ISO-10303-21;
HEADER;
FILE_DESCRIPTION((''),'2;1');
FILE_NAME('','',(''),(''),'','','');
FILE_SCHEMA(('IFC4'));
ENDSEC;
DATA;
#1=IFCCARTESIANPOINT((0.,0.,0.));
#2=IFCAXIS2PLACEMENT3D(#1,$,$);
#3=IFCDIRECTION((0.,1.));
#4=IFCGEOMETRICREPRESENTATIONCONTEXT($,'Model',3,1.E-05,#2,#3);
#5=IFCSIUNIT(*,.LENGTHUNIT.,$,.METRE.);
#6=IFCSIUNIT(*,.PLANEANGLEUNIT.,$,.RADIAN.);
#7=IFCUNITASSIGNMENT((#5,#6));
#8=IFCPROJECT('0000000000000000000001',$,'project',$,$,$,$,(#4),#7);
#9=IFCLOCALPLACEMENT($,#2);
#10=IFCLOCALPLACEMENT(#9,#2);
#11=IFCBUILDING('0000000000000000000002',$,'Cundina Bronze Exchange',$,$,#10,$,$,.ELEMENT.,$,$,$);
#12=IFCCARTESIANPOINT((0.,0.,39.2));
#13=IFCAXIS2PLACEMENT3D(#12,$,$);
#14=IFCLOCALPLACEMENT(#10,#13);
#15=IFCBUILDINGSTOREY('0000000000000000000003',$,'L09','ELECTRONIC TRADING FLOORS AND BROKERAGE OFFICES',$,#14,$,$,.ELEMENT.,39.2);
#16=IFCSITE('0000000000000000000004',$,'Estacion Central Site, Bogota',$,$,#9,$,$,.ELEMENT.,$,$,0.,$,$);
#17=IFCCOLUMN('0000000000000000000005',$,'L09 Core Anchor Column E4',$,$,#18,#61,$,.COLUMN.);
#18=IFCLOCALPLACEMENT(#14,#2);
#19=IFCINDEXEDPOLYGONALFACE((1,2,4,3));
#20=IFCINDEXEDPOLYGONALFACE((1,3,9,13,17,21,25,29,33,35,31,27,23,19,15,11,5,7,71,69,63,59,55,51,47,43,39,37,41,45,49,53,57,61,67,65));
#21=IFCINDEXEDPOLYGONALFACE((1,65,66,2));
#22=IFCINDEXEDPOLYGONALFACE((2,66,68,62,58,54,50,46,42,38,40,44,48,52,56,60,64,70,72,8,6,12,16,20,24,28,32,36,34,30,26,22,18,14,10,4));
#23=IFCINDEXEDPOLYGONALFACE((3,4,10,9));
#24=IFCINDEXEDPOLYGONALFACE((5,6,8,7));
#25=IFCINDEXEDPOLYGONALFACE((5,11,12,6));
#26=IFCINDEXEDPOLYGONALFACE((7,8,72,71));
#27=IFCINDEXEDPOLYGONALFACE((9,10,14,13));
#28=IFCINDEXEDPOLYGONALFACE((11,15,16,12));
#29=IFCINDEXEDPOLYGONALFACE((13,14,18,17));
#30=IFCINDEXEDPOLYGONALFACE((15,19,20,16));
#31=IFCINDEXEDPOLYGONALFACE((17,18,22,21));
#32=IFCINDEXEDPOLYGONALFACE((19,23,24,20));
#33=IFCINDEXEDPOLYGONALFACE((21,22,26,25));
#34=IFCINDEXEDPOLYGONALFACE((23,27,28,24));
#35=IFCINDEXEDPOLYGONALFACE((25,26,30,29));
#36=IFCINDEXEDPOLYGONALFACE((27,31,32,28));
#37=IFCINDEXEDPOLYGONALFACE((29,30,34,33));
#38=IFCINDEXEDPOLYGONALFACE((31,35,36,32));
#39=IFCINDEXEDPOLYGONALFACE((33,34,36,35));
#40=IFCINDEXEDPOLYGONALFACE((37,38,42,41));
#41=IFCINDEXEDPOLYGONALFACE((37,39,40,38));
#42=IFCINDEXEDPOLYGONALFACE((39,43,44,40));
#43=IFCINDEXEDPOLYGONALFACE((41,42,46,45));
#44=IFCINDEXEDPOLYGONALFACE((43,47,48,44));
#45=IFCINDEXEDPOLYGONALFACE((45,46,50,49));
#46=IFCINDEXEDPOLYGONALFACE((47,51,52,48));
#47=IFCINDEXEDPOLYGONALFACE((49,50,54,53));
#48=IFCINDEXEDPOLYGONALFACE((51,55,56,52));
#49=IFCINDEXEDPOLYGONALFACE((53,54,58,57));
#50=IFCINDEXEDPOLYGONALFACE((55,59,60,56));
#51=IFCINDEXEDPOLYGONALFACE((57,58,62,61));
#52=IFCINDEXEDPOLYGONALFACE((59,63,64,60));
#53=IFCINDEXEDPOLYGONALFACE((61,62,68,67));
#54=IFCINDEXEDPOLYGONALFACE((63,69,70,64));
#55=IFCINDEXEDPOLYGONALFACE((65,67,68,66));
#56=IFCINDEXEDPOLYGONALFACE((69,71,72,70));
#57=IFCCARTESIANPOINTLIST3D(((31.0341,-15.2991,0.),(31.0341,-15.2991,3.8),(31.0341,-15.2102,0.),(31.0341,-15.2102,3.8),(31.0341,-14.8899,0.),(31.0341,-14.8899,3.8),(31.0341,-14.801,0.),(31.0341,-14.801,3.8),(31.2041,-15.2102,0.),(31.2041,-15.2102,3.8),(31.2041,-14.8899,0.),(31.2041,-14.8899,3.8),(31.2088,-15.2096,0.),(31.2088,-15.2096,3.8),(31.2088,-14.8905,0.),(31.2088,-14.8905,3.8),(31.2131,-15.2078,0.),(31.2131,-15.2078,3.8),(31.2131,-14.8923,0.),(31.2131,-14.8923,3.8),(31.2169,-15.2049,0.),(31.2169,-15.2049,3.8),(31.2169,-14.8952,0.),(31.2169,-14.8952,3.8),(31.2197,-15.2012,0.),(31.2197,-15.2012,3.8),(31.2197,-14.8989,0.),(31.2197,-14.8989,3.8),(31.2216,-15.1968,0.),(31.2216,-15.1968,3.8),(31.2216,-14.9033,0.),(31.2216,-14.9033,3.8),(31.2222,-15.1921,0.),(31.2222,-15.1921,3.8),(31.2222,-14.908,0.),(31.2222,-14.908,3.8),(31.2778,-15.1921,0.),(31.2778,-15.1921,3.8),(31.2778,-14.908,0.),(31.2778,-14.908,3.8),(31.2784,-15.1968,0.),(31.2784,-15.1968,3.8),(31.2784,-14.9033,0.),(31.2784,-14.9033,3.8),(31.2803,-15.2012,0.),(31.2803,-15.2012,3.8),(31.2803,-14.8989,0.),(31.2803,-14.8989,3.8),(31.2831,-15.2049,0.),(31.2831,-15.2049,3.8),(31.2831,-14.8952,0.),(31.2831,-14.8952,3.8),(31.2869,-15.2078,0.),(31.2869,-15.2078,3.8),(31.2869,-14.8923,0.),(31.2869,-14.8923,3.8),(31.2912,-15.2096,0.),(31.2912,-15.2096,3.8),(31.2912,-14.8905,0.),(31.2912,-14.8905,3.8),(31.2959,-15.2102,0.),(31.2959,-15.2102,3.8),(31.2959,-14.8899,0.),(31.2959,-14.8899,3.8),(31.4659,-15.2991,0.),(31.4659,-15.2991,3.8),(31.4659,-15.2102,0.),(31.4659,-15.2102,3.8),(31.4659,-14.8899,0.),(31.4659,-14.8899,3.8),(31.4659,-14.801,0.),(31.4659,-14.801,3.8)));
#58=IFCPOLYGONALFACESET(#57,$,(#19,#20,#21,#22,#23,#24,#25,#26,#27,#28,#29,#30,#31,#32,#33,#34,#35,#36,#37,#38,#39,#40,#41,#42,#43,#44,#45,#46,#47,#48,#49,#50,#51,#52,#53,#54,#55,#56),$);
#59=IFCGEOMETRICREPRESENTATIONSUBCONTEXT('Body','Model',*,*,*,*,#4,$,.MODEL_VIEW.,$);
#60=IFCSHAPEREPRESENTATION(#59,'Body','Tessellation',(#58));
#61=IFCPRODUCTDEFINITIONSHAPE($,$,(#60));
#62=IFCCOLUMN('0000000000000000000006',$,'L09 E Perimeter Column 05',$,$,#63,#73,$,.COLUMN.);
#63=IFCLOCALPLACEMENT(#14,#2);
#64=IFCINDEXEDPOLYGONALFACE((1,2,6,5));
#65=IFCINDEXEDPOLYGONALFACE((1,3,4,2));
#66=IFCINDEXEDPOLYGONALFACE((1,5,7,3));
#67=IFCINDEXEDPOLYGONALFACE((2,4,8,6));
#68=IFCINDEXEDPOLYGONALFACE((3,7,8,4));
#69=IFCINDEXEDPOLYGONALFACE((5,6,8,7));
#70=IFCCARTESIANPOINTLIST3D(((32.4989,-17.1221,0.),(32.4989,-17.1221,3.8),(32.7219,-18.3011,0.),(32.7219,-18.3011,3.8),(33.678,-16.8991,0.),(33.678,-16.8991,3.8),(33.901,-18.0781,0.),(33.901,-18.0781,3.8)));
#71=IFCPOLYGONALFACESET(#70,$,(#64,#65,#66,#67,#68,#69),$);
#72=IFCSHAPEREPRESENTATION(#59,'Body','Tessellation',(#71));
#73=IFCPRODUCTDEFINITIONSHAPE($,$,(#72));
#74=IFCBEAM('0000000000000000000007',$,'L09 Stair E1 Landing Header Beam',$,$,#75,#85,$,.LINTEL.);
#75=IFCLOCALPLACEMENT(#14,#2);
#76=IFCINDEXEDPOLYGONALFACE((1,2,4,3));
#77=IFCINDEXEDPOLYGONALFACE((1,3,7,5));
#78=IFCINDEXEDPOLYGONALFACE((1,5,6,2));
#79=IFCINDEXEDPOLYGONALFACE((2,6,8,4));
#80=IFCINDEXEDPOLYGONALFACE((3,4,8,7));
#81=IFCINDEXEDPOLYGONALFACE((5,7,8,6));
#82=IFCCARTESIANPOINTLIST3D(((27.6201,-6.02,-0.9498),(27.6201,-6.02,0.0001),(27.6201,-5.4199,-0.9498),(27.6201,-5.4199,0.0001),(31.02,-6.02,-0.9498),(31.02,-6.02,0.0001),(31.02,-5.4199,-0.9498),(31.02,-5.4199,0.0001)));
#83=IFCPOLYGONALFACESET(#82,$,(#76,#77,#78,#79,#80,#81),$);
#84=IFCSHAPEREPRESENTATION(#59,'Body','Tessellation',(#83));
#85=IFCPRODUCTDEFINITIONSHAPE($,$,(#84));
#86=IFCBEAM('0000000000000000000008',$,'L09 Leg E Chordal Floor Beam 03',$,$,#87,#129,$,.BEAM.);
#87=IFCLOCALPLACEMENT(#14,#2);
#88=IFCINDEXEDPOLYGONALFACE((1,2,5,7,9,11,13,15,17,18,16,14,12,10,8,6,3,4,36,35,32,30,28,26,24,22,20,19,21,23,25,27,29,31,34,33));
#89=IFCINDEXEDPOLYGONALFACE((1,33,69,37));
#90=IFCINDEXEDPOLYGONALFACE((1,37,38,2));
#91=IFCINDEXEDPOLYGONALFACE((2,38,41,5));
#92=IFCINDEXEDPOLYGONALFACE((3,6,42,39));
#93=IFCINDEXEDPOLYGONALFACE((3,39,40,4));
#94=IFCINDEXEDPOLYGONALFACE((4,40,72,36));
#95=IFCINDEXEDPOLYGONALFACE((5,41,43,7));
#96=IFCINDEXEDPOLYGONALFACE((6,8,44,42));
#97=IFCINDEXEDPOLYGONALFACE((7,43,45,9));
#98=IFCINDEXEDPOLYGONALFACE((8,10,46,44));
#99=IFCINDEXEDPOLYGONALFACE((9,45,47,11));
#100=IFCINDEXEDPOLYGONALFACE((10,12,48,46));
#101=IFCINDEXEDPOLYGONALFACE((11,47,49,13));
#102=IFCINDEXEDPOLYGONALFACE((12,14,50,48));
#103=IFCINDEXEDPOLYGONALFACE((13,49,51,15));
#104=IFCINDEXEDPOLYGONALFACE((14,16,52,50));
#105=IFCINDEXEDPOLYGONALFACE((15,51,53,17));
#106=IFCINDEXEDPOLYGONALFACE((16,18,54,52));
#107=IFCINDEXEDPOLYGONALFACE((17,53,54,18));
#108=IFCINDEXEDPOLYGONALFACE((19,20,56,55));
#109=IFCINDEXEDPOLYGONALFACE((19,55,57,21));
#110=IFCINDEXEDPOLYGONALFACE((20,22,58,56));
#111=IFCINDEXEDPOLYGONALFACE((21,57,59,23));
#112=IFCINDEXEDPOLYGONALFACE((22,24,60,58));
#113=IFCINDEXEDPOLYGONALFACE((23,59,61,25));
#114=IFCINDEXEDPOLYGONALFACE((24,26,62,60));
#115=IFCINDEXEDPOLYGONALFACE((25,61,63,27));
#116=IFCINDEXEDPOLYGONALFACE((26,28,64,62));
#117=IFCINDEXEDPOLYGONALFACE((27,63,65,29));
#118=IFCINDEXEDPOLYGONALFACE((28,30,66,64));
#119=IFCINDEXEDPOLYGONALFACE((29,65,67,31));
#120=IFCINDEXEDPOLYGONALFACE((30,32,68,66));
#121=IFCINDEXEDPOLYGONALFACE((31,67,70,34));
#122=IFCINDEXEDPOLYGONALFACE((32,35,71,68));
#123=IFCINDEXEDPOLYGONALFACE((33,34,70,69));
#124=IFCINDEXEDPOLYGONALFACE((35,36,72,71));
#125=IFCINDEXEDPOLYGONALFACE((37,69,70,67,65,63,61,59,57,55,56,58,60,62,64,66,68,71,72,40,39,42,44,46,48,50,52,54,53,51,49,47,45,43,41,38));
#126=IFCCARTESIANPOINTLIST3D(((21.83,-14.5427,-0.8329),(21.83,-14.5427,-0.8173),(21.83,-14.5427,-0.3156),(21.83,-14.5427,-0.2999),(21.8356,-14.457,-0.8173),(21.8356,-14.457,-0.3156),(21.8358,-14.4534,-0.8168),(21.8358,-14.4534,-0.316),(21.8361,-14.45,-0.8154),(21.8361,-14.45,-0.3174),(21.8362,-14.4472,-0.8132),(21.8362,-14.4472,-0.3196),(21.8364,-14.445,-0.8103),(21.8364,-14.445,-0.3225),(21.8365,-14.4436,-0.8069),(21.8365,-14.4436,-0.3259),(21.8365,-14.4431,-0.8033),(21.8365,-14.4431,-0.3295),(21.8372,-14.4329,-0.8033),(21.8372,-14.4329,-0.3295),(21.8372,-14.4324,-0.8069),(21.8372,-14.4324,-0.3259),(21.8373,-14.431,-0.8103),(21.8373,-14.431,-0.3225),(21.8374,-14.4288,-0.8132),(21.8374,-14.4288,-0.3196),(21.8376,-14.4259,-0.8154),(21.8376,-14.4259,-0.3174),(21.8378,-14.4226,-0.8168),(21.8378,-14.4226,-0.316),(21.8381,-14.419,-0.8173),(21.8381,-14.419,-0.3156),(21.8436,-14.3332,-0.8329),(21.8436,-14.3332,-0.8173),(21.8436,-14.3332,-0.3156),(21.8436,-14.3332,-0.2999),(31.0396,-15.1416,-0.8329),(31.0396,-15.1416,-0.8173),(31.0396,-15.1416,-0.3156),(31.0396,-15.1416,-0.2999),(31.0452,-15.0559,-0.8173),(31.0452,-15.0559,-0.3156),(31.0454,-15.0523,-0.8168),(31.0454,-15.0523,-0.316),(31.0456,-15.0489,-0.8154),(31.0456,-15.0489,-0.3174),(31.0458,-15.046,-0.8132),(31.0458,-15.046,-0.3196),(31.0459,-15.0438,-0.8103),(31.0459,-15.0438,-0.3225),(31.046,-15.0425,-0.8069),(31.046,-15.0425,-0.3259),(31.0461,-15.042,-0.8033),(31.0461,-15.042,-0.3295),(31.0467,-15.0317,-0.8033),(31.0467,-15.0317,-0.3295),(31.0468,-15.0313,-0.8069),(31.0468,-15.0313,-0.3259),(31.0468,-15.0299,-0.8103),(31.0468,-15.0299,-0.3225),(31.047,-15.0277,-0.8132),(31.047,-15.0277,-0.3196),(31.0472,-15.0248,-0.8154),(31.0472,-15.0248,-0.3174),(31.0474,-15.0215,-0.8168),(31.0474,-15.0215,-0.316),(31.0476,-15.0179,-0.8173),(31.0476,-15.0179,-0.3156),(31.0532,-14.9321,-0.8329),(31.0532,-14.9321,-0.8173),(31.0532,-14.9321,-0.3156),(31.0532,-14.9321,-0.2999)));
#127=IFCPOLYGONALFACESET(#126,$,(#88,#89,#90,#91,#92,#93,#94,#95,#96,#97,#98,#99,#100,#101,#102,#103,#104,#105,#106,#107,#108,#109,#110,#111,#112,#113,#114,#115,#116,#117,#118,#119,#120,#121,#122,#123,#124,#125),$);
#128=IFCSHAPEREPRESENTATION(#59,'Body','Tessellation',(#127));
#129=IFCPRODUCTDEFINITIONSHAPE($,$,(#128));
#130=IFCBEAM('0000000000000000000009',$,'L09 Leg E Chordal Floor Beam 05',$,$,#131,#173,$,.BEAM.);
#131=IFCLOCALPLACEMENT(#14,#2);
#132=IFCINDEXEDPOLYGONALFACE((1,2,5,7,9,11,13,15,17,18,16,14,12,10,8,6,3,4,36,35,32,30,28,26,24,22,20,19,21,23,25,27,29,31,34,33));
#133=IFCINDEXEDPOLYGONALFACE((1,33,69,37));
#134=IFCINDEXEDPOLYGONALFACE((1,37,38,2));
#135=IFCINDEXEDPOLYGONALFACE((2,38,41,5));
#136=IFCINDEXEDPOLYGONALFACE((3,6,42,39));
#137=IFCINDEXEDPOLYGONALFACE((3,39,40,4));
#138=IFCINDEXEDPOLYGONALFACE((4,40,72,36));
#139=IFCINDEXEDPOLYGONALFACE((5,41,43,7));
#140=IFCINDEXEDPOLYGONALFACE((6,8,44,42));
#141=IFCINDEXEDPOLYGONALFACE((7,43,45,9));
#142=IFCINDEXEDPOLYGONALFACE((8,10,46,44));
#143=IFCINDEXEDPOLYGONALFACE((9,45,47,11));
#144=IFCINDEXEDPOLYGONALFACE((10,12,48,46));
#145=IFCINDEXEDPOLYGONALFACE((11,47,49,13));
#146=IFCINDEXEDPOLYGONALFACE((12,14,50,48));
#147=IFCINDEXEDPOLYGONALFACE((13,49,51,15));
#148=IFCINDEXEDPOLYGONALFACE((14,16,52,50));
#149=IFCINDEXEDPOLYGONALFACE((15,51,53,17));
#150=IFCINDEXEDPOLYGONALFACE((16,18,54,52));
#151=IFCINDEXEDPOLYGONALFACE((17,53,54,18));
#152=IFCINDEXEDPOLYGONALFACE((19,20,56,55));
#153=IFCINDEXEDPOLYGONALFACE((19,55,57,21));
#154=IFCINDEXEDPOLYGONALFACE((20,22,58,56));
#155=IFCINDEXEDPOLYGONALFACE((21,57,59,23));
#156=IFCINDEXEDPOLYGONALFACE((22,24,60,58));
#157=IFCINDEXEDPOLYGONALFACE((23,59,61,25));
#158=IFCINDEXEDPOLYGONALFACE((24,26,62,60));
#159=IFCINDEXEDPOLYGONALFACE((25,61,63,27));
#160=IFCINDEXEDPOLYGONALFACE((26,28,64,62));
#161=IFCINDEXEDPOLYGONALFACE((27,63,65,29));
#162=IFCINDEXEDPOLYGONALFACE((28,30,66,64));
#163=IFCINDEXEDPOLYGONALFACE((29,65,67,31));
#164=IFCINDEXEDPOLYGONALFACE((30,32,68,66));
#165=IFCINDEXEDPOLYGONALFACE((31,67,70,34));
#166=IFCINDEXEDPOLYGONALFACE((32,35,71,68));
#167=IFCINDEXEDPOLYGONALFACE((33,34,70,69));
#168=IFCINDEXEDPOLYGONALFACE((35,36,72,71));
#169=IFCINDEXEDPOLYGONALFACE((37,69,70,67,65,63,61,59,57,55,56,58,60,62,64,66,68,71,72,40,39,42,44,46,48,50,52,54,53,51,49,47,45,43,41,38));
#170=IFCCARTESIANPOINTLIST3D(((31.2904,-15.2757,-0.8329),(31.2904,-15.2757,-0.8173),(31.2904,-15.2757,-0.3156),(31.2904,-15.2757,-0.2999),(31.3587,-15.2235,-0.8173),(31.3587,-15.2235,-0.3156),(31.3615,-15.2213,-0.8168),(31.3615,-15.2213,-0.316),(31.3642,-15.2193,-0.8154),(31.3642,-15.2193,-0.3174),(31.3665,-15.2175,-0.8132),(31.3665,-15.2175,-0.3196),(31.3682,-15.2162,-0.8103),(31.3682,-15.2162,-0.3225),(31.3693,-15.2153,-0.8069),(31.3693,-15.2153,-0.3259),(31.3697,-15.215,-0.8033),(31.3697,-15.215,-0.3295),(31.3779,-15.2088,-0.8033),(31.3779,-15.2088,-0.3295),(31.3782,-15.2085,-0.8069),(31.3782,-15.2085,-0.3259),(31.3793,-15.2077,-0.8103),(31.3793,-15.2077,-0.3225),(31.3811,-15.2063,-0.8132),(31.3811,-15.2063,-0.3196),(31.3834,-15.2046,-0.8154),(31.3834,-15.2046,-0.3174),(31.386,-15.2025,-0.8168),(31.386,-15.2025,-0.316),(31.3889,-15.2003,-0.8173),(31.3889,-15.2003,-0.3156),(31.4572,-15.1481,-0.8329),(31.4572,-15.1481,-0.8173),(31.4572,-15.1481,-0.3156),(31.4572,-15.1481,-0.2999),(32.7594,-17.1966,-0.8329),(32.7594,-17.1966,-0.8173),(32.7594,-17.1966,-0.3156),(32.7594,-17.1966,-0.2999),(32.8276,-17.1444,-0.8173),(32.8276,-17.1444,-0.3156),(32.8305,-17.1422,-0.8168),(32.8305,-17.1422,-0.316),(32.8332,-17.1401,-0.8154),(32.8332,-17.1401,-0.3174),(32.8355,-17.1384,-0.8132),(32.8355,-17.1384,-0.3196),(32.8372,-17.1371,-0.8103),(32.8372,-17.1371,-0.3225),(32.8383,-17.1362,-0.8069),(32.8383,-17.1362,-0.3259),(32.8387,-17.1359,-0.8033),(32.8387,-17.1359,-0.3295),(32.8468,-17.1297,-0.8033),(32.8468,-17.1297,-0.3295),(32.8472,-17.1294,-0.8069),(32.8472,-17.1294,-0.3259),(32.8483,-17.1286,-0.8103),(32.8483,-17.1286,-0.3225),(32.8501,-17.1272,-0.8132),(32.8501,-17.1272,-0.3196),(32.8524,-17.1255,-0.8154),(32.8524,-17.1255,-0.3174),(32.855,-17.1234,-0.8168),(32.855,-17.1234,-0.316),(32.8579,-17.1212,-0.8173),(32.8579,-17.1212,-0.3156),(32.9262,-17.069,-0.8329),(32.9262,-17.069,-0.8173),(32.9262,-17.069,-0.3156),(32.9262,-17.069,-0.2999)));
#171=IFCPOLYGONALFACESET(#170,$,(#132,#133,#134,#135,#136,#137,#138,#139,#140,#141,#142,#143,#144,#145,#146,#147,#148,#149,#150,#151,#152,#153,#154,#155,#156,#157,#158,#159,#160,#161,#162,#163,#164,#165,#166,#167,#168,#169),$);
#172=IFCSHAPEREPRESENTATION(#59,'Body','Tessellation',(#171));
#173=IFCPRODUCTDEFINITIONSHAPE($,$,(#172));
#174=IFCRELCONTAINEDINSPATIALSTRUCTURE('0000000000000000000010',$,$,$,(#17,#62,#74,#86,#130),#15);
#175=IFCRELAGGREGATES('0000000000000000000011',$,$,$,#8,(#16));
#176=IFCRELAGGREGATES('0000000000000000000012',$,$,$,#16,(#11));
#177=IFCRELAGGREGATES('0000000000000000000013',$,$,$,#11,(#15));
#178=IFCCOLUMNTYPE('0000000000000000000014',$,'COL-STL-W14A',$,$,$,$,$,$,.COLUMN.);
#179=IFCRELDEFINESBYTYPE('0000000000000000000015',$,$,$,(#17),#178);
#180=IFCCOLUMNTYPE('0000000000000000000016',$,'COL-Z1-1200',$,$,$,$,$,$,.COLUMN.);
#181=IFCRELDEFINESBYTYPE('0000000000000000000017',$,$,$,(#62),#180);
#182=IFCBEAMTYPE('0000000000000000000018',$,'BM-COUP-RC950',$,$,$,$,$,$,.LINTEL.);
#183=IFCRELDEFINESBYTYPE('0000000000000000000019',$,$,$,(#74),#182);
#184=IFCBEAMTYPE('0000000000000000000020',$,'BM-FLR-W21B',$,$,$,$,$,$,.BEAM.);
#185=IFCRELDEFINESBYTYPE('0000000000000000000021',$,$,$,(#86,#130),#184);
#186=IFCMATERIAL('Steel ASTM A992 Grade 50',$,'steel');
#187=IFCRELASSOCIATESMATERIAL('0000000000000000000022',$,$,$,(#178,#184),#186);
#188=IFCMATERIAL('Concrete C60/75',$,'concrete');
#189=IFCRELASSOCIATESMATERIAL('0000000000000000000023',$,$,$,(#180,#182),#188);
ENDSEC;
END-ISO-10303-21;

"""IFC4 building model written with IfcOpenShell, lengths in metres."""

from ifc_helpers import new_model, si_unit, direction, frame, origin, origin_2d, place, context, subcontext, project, spatial, rectangle, i_section, extrude, material, material_profile, profile_set, type_object, element, save


model = new_model("IFC4")

# Units and contexts
model_context = context("Model", 3, precision=1e-05, world=origin(), true_north=direction((0.0, 1.0)))
body_context = subcontext(model_context, "Body", "Model", "MODEL_VIEW")
ifc_project = project(units=[si_unit("LENGTHUNIT", "METRE"), si_unit("PLANEANGLEUNIT", "RADIAN")], contexts=[model_context])

# Site, building, storey
site_placement = place(None, origin())
site = spatial("IfcSite", under=ifc_project, at=site_placement, Name="Estacion Central Site, Bogota", CompositionType="ELEMENT", RefElevation=0.0)
building_placement = place(site_placement, origin())
building = spatial("IfcBuilding", under=site, at=building_placement, Name="Cundina Bronze Exchange", CompositionType="ELEMENT")
storey_placement = place(building_placement, frame((0.0, 0.0, 39.2)))
storey = spatial("IfcBuildingStorey", under=building, at=storey_placement, Name="L09", Description="ELECTRONIC TRADING FLOORS AND BROKERAGE OFFICES", CompositionType="ELEMENT", Elevation=39.2)

# Columns
ifc_material_1 = material(Name="Steel ASTM A992 Grade 50", Category="steel")
ifc_material_profile_1 = material_profile(ifc_material_1, i_section(OverallWidth=0.4319, OverallDepth=0.498, WebThickness=0.0557, FlangeThickness=0.0889, FilletRadius=0.0181, at=origin_2d()), Name="W14X500", Category="steel")
ifc_profile_set_1 = profile_set([ifc_material_profile_1], Name="Steel ASTM A992 Grade 50")
column_type_1 = type_object("IfcColumnType", Name="COL-STL-W14A", PredefinedType="COLUMN", material=ifc_profile_set_1)
column_1_placement = place(storey_placement, frame((31.25, -15.05, 0.0), z_axis=(0.0, 0.0, 1.0), x_axis=(1.0, 0.0, 0.0)))
element("IfcColumn", 1, at=column_1_placement, inside=storey, type_object=column_type_1, Name="L09 Core Anchor Column E4", PredefinedType="COLUMN", context=body_context, shape_type="SweptSolid", body=[
    extrude(i_section(OverallWidth=0.4319, OverallDepth=0.498, WebThickness=0.0557, FlangeThickness=0.0889, FilletRadius=0.0181, at=origin_2d()), origin(), (0.0, 0.0, 1.0), 3.8),
])
ifc_material_2 = material(Name="Concrete C60/75", Category="concrete")
ifc_material_profile_2 = material_profile(ifc_material_2, rectangle(XDim=1.2, YDim=1.2, at=origin_2d()), Name="RC1200X1200", Category="concrete")
ifc_profile_set_2 = profile_set([ifc_material_profile_2], Name="Concrete C60/75")
column_type_2 = type_object("IfcColumnType", Name="COL-Z1-1200", PredefinedType="COLUMN", material=ifc_profile_set_2)
column_2_placement = place(storey_placement, frame((33.2, -17.6001, 0.0), z_axis=(0.0, 0.0, 1.0), x_axis=(0.98258, 0.185838, 0.0)))
element("IfcColumn", 2, at=column_2_placement, inside=storey, type_object=column_type_2, Name="L09 E Perimeter Column 05", PredefinedType="COLUMN", context=body_context, shape_type="SweptSolid", body=[
    extrude(rectangle(XDim=1.2, YDim=1.2, at=origin_2d()), origin(), (0.0, 0.0, 1.0), 3.8),
])

# Beams
ifc_material_profile_3 = material_profile(ifc_material_2, rectangle(XDim=0.6001, YDim=0.95, at=origin_2d()), Name="RC600X950", Category="concrete")
ifc_profile_set_3 = profile_set([ifc_material_profile_3], Name="Concrete C60/75")
beam_type_1 = type_object("IfcBeamType", Name="BM-COUP-RC950", PredefinedType="LINTEL", material=ifc_profile_set_3)
beam_1_placement = place(storey_placement, frame((27.6201, -5.72, -0.4749), z_axis=(1.0, 0.0, 0.0), x_axis=(0.0, 1.0, 0.0)))
element("IfcBeam", 3, at=beam_1_placement, inside=storey, type_object=beam_type_1, Name="L09 Stair E1 Landing Header Beam", PredefinedType="LINTEL", context=body_context, shape_type="SweptSolid", body=[
    extrude(rectangle(XDim=0.6001, YDim=0.95, at=origin_2d()), origin(), (0.0, 0.0, 1.0), 3.3999),
])
ifc_material_profile_4 = material_profile(ifc_material_1, i_section(OverallWidth=0.21, OverallDepth=0.533, WebThickness=0.0103, FlangeThickness=0.0156, FilletRadius=0.0139, at=origin_2d()), Name="W21X62", Category="steel")
ifc_profile_set_4 = profile_set([ifc_material_profile_4], Name="Steel ASTM A992 Grade 50")
beam_type_2 = type_object("IfcBeamType", Name="BM-FLR-W21B", PredefinedType="BEAM", material=ifc_profile_set_4)
beam_2_placement = place(storey_placement, frame((31.0464, -15.0369, -0.5664), z_axis=(-0.997892, 0.064891, 0.0), x_axis=(-0.064891, -0.997892, 0.0)))
element("IfcBeam", 4, at=beam_2_placement, inside=storey, type_object=beam_type_2, Name="L09 Leg E Chordal Floor Beam 03", PredefinedType="BEAM", context=body_context, shape_type="SweptSolid", body=[
    extrude(i_section(OverallWidth=0.21, OverallDepth=0.533, WebThickness=0.0103, FlangeThickness=0.0156, FilletRadius=0.0139, at=origin_2d()), origin(), (0.0, 0.0, 1.0), 9.229),
])
beam_3_placement = place(storey_placement, frame((31.3738, -15.2119, -0.5664), z_axis=(0.607469, -0.794344, 0.0), x_axis=(0.794344, 0.607469, 0.0)))
element("IfcBeam", 5, at=beam_3_placement, inside=storey, type_object=beam_type_2, Name="L09 Leg E Chordal Floor Beam 05", PredefinedType="BEAM", context=body_context, shape_type="SweptSolid", body=[
    extrude(i_section(OverallWidth=0.21, OverallDepth=0.533, WebThickness=0.0103, FlangeThickness=0.0156, FilletRadius=0.0139, at=origin_2d()), origin(), (0.0, 0.0, 1.0), 2.4182),
])

save(model, "model.ifc")
